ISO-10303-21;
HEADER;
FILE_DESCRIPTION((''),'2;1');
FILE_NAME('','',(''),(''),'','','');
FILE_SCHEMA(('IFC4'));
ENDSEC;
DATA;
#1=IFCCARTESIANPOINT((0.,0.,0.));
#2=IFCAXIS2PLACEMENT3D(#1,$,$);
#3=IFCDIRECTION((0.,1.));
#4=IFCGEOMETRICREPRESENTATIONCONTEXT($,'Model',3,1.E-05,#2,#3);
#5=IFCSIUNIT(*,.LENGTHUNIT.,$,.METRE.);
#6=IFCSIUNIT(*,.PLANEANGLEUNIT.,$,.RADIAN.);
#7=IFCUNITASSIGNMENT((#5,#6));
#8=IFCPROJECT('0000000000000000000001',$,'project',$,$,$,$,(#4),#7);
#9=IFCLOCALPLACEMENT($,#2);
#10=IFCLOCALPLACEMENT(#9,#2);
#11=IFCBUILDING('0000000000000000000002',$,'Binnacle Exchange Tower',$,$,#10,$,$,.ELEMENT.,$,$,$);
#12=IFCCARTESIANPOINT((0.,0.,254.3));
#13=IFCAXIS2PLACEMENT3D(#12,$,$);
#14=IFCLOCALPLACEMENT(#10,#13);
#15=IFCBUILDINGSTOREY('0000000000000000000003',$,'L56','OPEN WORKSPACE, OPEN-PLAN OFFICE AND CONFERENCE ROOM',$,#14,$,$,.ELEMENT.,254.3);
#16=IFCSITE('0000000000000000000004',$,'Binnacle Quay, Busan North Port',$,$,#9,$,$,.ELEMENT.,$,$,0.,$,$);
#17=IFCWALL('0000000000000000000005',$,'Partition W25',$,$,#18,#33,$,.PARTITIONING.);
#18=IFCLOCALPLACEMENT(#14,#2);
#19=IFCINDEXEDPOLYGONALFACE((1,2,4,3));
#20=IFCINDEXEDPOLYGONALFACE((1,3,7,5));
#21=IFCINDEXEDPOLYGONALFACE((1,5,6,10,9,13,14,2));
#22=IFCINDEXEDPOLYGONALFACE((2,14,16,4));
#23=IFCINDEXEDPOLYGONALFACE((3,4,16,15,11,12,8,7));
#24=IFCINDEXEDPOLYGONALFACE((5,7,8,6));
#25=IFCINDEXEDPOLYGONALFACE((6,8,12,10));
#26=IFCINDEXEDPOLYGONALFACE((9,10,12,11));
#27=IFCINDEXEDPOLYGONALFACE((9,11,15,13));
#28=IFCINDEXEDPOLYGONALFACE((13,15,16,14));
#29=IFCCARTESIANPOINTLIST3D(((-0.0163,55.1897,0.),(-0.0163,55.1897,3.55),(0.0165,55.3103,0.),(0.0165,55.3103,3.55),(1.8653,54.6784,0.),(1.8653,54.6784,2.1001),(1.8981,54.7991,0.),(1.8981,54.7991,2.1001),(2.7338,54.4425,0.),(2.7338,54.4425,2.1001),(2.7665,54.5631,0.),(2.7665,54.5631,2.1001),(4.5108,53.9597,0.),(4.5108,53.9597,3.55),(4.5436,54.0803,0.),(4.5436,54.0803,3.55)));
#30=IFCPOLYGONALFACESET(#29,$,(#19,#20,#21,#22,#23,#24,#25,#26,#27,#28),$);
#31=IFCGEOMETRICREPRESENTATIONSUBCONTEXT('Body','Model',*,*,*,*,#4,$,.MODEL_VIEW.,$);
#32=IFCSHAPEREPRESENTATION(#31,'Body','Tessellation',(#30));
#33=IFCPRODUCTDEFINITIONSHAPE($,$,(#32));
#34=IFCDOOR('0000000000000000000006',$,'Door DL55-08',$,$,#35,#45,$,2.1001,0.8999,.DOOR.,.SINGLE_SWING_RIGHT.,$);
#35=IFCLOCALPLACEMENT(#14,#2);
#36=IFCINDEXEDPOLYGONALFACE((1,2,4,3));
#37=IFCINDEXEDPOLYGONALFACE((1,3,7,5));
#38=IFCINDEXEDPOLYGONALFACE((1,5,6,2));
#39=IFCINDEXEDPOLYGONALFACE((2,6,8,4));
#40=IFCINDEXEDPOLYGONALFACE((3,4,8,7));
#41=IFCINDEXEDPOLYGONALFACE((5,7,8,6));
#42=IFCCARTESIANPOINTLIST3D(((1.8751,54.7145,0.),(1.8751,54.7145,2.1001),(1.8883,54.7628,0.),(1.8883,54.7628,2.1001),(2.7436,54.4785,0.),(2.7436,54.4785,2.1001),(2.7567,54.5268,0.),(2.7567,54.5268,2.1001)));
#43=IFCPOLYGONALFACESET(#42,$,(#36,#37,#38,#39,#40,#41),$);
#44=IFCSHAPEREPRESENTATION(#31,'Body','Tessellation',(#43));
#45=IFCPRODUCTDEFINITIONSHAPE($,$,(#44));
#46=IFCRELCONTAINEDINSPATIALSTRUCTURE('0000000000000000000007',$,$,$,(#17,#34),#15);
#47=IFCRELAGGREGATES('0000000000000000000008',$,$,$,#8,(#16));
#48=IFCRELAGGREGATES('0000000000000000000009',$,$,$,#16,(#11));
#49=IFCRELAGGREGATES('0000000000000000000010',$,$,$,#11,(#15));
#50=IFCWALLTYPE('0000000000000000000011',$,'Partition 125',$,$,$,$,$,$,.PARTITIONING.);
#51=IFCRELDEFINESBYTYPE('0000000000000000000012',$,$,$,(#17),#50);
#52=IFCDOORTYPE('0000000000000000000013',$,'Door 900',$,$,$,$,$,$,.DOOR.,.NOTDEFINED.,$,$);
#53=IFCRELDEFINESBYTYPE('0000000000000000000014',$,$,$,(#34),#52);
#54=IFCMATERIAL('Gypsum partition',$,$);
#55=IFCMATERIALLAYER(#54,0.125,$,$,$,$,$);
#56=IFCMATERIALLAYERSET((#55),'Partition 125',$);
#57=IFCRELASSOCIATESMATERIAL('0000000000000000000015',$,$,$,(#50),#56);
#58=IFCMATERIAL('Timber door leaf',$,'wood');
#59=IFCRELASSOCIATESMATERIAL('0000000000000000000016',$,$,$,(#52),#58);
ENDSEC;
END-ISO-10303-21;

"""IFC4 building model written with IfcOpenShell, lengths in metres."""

from ifc_helpers import new_model, si_unit, direction, frame, frame_2d, origin, place, context, subcontext, project, spatial, rectangle, extrude, material, layer, layer_set, type_object, element, fill, save


model = new_model("IFC4")

# Units and contexts
model_context = context("Model", 3, precision=1e-05, world=origin(), true_north=direction((0.0, 1.0)))
body_context = subcontext(model_context, "Body", "Model", "MODEL_VIEW")
ifc_project = project(units=[si_unit("LENGTHUNIT", "METRE"), si_unit("PLANEANGLEUNIT", "RADIAN")], contexts=[model_context])

# Site, building, storey
site_placement = place(None, origin())
site = spatial("IfcSite", under=ifc_project, at=site_placement, Name="Binnacle Quay, Busan North Port", CompositionType="ELEMENT", RefElevation=0.0)
building_placement = place(site_placement, origin())
building = spatial("IfcBuilding", under=site, at=building_placement, Name="Binnacle Exchange Tower", CompositionType="ELEMENT")
storey_placement = place(building_placement, frame((0.0, 0.0, 254.3)))
storey = spatial("IfcBuildingStorey", under=building, at=storey_placement, Name="L56", Description="OPEN WORKSPACE, OPEN-PLAN OFFICE AND CONFERENCE ROOM", CompositionType="ELEMENT", Elevation=254.3)

# Wall, opening, door
ifc_material_1 = material(Name="Gypsum partition")
ifc_layer_1 = layer(ifc_material_1, 0.125)
ifc_layer_set_1 = layer_set([ifc_layer_1], Name="Partition 125")
wall_type_1 = type_object("IfcWallType", Name="Partition 125", PredefinedType="PARTITIONING", material=ifc_layer_set_1)
wall_1_placement = place(storey_placement, frame((0.0, 55.25, 0.0), z_axis=(0.0, 0.0, 1.0), x_axis=(0.965017, -0.262188, 0.0)))
wall_1 = element("IfcWall", 1, at=wall_1_placement, inside=storey, type_object=wall_type_1, Name="Partition W25", PredefinedType="PARTITIONING", context=body_context, shape_type="SweptSolid", body=[
    extrude(rectangle(XDim=4.6912, YDim=0.125, at=frame_2d((2.3457, 0.0))), origin(), (0.0, 0.0, 1.0), 3.55),
])
opening_1_placement = place(wall_1_placement, frame((1.95, 0.0, 0.0)))
opening_1 = element("IfcOpeningElement", 2, at=opening_1_placement, cuts=wall_1, PredefinedType="OPENING", context=body_context, shape_type="SweptSolid", body=[
    extrude(rectangle(XDim=0.8999, YDim=2.1001, at=frame_2d((0.45, 1.05))), frame((0.0, 0.0725, 0.0), z_axis=(0.0, -1.0, 0.0), x_axis=(1.0, 0.0, 0.0)), (0.0, 0.0, 1.0), 0.145),
])
ifc_material_2 = material(Name="Timber door leaf", Category="wood")
door_type = type_object("IfcDoorType", Name="Door 900", OperationType="NOTDEFINED", PredefinedType="DOOR", material=ifc_material_2)
door_placement = place(opening_1_placement, origin())
door = element("IfcDoor", 3, at=door_placement, inside=storey, type_object=door_type, Name="Door DL55-08", OperationType="SINGLE_SWING_RIGHT", OverallHeight=2.1001, OverallWidth=0.8999, PredefinedType="DOOR", context=body_context, shape_type="SweptSolid", body=[
    extrude(rectangle(XDim=0.8999, YDim=2.1001, at=frame_2d((0.45, 1.05))), frame((0.0, 0.0249, 0.0), z_axis=(0.0, -1.0, 0.0), x_axis=(1.0, 0.0, 0.0)), (0.0, 0.0, 1.0), 0.05),
])
fill(opening_1, door)

save(model, "model.ifc")
